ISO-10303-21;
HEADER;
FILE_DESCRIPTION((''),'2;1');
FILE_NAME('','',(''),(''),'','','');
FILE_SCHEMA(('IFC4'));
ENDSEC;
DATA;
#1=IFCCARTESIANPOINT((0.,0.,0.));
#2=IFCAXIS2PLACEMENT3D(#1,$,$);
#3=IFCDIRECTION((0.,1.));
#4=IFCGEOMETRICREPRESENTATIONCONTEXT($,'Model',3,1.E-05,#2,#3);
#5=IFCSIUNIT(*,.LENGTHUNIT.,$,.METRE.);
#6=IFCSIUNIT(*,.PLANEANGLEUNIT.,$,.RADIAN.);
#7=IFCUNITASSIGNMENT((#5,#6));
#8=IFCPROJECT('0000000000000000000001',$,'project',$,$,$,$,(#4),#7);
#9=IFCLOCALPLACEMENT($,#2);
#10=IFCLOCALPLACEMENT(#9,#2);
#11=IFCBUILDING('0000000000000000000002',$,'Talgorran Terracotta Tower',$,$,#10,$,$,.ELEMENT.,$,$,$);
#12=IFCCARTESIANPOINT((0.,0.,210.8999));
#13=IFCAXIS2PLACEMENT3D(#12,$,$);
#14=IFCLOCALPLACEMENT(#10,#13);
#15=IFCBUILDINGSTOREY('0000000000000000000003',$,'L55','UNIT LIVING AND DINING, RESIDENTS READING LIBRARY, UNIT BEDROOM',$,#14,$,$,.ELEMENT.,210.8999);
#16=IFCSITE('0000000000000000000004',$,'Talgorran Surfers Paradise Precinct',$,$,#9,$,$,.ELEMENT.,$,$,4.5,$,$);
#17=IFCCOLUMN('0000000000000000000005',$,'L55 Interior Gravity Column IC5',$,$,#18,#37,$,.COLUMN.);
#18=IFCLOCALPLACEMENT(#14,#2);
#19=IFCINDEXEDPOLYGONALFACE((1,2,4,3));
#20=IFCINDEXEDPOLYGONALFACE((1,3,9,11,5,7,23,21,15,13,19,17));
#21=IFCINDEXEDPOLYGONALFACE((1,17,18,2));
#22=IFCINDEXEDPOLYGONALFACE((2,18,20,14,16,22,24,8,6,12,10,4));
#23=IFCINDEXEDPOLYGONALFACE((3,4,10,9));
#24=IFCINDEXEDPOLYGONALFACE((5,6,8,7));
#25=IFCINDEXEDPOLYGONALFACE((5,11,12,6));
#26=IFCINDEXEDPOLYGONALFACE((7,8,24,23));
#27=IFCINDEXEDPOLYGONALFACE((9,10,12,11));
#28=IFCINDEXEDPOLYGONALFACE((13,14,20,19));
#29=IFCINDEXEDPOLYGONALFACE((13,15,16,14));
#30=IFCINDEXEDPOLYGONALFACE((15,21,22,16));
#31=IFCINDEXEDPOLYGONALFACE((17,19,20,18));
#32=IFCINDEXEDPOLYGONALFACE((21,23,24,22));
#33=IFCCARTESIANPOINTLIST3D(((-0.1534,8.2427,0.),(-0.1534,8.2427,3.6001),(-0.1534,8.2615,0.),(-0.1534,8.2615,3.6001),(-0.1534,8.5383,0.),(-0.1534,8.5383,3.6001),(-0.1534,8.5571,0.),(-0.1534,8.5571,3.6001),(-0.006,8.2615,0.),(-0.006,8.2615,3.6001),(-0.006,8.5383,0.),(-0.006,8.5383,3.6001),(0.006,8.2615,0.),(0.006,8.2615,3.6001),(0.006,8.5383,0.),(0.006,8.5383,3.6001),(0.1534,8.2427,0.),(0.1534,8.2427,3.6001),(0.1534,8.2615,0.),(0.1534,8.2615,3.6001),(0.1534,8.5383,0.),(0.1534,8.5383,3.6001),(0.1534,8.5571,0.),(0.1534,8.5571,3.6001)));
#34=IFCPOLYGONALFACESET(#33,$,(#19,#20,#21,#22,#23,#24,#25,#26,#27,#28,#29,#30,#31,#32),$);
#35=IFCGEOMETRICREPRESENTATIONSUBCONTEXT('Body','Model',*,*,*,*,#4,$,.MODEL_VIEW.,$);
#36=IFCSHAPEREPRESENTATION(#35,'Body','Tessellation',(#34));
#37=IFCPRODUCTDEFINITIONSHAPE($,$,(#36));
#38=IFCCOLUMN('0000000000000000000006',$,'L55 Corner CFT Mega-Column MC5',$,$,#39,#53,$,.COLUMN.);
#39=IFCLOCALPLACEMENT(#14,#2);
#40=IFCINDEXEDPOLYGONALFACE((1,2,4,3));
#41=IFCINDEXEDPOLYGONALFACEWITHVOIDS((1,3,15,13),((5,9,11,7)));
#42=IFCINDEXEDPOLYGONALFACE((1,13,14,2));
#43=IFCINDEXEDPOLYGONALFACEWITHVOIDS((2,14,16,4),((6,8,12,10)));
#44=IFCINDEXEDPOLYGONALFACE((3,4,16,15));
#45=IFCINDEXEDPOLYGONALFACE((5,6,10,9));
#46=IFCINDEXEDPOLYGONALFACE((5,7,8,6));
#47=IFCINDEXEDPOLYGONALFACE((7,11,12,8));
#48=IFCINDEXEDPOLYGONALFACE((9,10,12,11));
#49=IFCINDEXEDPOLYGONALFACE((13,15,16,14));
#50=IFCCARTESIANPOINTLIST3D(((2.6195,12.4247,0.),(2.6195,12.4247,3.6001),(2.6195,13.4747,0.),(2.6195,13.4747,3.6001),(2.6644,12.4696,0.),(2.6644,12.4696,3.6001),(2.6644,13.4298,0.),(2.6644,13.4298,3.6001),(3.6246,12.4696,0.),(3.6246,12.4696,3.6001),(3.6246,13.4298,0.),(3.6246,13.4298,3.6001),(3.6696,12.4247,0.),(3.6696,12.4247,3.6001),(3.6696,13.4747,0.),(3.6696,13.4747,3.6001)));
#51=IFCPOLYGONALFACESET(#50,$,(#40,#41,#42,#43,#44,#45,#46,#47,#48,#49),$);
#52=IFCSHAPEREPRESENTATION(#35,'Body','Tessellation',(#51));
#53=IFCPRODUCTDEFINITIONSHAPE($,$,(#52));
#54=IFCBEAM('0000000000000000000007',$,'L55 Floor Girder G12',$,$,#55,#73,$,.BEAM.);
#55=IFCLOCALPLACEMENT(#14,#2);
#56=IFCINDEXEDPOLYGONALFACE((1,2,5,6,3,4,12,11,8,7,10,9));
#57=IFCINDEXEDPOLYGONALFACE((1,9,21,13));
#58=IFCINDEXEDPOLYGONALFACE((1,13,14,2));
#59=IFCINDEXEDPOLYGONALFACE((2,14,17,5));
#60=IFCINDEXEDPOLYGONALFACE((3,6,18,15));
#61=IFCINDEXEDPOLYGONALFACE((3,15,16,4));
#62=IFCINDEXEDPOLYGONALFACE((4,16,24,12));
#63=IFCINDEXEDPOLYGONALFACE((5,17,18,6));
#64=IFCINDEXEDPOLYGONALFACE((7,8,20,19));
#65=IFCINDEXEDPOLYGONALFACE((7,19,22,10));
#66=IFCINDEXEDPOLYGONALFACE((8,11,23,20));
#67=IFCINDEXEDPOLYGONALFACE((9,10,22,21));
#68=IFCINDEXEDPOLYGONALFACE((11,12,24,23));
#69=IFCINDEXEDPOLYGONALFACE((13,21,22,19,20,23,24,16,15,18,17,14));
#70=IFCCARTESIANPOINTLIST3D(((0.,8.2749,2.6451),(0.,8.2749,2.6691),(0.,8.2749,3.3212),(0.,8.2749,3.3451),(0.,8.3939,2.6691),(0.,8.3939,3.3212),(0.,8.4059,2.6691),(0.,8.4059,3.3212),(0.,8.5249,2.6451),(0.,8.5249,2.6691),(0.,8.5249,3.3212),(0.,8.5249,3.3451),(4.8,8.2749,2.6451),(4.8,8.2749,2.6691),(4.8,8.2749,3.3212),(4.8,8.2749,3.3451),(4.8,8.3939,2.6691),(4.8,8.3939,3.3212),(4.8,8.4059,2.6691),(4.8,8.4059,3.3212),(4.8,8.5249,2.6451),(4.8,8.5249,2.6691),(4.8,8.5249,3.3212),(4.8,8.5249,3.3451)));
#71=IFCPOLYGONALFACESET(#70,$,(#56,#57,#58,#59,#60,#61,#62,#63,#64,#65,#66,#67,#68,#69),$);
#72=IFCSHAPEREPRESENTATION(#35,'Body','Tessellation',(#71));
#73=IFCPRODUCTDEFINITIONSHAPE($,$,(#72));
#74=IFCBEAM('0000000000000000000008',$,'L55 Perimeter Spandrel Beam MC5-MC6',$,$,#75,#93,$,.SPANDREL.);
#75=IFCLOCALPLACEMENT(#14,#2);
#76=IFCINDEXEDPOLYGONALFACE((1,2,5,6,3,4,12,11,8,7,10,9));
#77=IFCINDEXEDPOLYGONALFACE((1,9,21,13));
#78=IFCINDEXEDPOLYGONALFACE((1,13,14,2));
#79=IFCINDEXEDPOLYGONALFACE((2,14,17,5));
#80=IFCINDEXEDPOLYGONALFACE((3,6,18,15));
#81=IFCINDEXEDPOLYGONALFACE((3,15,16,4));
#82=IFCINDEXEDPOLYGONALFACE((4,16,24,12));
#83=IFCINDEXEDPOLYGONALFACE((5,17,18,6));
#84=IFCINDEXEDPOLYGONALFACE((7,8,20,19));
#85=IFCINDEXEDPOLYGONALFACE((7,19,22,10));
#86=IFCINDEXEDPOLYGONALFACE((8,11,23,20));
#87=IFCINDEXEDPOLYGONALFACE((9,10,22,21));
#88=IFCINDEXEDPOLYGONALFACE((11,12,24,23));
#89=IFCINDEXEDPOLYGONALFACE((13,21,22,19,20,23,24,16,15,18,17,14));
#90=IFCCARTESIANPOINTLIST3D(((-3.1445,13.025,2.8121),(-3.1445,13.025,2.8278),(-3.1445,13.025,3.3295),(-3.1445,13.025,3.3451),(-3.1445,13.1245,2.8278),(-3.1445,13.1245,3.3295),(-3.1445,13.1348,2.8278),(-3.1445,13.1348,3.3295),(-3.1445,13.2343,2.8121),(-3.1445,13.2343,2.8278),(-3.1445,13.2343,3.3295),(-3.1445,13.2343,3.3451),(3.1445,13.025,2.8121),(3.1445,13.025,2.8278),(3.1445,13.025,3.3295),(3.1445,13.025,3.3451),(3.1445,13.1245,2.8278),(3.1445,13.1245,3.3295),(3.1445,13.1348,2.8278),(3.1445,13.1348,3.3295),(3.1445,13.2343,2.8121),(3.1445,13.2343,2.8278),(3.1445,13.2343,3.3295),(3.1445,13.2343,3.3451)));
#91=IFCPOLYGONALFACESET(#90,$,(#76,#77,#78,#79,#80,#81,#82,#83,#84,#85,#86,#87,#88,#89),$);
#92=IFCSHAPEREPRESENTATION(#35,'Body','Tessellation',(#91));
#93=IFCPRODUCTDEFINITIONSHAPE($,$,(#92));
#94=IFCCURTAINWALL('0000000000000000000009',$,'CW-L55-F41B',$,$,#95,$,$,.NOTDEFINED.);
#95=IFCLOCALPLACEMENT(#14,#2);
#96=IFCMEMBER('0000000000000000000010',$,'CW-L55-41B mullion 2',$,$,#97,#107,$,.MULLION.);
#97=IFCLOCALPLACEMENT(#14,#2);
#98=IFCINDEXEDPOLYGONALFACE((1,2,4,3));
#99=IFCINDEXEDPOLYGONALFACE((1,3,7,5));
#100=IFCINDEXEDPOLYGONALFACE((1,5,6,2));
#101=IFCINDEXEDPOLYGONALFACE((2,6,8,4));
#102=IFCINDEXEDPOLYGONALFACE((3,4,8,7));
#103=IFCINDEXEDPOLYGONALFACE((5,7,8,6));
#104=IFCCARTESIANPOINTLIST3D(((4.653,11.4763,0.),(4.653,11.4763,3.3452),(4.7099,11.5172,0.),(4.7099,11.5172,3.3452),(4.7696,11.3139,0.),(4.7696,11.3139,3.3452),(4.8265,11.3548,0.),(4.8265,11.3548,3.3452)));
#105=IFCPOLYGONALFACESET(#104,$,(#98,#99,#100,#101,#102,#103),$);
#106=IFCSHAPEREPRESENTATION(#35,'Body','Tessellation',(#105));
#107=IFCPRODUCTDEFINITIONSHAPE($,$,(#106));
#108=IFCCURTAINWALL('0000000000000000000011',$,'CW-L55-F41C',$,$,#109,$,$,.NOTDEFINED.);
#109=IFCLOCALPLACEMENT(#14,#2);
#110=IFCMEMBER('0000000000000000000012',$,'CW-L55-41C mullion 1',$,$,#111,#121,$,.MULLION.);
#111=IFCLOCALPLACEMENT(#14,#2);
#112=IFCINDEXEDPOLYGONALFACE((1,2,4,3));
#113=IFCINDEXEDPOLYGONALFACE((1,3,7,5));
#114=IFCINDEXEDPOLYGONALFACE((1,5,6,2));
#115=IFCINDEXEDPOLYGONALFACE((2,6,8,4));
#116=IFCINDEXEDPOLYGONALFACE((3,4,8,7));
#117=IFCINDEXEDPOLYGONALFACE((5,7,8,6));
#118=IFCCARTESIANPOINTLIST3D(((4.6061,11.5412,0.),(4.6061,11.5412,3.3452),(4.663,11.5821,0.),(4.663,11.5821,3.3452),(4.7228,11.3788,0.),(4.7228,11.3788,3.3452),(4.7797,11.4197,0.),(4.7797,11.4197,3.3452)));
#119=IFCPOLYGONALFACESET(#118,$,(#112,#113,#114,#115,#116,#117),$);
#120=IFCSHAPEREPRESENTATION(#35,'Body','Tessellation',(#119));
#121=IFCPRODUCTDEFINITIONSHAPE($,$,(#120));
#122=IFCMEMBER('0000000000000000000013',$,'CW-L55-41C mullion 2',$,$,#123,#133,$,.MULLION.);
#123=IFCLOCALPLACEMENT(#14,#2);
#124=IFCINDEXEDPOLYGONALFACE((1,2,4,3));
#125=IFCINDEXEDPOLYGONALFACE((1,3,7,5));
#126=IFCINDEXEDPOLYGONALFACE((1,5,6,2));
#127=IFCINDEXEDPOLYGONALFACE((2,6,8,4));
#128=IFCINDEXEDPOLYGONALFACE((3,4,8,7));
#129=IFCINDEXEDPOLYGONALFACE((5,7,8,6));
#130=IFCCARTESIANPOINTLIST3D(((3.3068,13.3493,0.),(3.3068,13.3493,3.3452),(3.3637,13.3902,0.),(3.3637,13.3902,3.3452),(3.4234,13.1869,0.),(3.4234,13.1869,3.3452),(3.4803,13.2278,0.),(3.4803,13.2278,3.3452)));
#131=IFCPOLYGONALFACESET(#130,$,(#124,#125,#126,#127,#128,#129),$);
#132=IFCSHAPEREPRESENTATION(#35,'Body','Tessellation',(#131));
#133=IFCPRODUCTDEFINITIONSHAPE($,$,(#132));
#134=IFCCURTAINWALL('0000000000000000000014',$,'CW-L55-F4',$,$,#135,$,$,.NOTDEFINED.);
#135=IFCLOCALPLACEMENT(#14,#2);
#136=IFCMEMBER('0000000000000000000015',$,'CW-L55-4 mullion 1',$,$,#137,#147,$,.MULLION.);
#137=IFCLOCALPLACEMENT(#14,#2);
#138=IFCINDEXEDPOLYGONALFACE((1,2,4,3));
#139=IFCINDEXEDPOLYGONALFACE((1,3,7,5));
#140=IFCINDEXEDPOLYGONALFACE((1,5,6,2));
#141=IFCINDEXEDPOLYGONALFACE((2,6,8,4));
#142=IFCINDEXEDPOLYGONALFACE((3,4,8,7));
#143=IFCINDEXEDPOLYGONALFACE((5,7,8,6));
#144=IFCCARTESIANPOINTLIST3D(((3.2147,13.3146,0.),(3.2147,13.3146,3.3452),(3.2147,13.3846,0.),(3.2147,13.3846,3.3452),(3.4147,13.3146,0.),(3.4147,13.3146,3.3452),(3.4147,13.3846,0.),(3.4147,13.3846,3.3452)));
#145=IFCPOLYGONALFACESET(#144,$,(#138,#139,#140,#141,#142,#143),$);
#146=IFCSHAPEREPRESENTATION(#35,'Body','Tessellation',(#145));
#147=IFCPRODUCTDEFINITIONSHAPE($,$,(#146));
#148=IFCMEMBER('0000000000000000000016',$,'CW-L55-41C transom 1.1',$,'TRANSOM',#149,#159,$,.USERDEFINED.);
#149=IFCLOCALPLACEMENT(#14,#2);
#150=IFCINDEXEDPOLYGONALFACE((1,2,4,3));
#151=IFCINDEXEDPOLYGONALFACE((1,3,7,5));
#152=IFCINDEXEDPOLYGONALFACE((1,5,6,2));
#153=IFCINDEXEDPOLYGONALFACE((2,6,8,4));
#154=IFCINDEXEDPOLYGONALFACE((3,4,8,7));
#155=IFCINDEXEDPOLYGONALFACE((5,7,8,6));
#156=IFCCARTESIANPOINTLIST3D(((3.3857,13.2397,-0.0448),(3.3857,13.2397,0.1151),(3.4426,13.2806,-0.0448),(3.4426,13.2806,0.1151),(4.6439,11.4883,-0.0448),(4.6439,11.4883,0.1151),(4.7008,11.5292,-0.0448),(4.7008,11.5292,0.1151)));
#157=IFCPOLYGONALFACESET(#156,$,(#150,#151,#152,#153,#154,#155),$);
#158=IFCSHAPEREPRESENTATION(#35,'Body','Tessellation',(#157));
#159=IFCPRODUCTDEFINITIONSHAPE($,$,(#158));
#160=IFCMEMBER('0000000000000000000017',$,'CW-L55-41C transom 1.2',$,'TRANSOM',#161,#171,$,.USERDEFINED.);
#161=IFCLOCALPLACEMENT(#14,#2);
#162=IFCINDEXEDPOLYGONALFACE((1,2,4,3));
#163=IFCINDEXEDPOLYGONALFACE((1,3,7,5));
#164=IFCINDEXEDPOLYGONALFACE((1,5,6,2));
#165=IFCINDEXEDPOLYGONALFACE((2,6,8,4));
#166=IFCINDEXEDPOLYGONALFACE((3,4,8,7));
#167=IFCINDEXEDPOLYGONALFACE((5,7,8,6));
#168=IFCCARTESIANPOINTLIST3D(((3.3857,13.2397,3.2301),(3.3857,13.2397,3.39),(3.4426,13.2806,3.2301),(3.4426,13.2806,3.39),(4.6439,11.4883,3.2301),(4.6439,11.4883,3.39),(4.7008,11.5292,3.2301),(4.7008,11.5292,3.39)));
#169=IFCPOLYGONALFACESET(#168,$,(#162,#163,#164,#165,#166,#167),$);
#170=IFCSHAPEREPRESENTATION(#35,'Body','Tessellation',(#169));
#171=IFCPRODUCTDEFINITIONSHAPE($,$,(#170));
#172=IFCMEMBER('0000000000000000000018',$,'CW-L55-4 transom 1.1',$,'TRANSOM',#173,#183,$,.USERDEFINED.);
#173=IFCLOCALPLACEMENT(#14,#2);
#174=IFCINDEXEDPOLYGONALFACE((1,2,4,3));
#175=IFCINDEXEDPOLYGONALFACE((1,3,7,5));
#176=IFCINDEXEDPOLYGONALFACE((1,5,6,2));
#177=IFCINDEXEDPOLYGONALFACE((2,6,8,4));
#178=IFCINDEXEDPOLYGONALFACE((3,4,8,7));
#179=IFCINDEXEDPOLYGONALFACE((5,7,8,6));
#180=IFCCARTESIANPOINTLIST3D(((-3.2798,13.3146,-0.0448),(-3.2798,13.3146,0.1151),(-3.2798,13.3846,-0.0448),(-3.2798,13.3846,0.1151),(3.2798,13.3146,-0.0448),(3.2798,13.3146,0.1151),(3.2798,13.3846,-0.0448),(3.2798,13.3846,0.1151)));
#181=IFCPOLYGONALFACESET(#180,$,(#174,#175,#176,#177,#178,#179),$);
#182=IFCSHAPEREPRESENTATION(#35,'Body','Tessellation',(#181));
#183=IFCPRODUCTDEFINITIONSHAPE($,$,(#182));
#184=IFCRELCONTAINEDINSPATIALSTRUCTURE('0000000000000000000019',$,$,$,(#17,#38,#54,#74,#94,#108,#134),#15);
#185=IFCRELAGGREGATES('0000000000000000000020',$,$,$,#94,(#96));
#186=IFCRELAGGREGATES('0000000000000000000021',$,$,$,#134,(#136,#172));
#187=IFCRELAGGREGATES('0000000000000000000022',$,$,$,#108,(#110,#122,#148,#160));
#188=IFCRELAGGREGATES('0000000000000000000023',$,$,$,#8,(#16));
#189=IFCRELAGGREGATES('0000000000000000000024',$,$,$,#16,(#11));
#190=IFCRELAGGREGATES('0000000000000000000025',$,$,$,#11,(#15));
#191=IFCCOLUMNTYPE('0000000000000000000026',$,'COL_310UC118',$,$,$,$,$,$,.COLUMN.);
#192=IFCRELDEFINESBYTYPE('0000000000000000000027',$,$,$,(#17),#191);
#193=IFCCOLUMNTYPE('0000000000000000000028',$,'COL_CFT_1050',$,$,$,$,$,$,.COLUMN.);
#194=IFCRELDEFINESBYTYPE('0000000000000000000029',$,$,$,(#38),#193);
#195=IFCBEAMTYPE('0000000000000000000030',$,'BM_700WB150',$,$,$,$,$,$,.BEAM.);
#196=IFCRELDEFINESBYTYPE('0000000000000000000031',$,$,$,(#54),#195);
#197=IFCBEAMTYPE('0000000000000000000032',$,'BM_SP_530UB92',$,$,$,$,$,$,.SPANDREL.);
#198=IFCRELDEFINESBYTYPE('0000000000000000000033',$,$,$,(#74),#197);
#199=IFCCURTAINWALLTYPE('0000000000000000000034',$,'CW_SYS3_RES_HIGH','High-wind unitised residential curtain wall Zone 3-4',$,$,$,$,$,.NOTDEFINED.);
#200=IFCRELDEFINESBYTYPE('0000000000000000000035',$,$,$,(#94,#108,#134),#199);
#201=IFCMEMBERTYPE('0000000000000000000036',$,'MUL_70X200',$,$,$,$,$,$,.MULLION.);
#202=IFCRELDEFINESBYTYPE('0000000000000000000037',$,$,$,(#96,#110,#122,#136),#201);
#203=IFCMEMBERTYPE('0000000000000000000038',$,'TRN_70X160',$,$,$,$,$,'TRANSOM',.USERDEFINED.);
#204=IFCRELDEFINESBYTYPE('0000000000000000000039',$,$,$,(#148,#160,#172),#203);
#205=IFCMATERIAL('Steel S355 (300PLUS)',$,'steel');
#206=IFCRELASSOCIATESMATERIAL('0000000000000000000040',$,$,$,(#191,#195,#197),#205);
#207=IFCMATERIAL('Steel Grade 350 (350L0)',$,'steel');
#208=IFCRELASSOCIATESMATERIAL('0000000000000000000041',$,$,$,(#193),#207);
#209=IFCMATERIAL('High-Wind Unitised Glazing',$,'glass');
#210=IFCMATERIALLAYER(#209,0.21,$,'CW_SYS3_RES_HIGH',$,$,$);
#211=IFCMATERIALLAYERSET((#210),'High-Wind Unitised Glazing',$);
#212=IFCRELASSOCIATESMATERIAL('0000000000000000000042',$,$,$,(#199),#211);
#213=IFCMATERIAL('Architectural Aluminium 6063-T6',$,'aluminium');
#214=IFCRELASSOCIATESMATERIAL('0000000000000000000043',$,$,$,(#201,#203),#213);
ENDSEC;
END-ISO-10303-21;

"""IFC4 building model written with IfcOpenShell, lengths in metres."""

from ifc_helpers import new_model, si_unit, direction, frame, origin, origin_2d, place, context, subcontext, project, spatial, rectangle, hollow_rectangle, i_section, extrude, material, layer, layer_set, material_profile, profile_set, type_object, element, aggregate, save


model = new_model("IFC4")

# Units and contexts
model_context = context("Model", 3, precision=1e-05, world=origin(), true_north=direction((0.0, 1.0)))
body_context = subcontext(model_context, "Body", "Model", "MODEL_VIEW")
ifc_project = project(units=[si_unit("LENGTHUNIT", "METRE"), si_unit("PLANEANGLEUNIT", "RADIAN")], contexts=[model_context])

# Site, building, storey
site_placement = place(None, origin())
site = spatial("IfcSite", under=ifc_project, at=site_placement, Name="Talgorran Surfers Paradise Precinct", CompositionType="ELEMENT", RefElevation=4.5)
building_placement = place(site_placement, origin())
building = spatial("IfcBuilding", under=site, at=building_placement, Name="Talgorran Terracotta Tower", CompositionType="ELEMENT")
storey_placement = place(building_placement, frame((0.0, 0.0, 210.8999)))
storey = spatial("IfcBuildingStorey", under=building, at=storey_placement, Name="L55", Description="UNIT LIVING AND DINING, RESIDENTS READING LIBRARY, UNIT BEDROOM", CompositionType="ELEMENT", Elevation=210.8999)

# Columns
ifc_material_1 = material(Name="Steel S355 (300PLUS)", Category="steel")
ifc_material_profile_1 = material_profile(ifc_material_1, i_section(OverallWidth=0.3069, OverallDepth=0.3145, WebThickness=0.012, FlangeThickness=0.0188, at=origin_2d()), Name="310UC118")
ifc_profile_set_1 = profile_set([ifc_material_profile_1], Name="Steel S355 (300PLUS)")
column_type_1 = type_object("IfcColumnType", Name="COL_310UC118", PredefinedType="COLUMN", material=ifc_profile_set_1)
column_1_placement = place(storey_placement, frame((0.0, 8.3999, 0.0), z_axis=(0.0, 0.0, 1.0), x_axis=(1.0, 0.0, 0.0)))
element("IfcColumn", 1, at=column_1_placement, inside=storey, type_object=column_type_1, Name="L55 Interior Gravity Column IC5", PredefinedType="COLUMN", context=body_context, shape_type="SweptSolid", body=[
    extrude(i_section(OverallWidth=0.3069, OverallDepth=0.3145, WebThickness=0.012, FlangeThickness=0.0188, at=origin_2d()), origin(), (0.0, 0.0, 1.0), 3.6001),
])
ifc_material_2 = material(Name="Steel Grade 350 (350L0)", Category="steel")
ifc_material_profile_2 = material_profile(ifc_material_2, hollow_rectangle(XDim=1.05, YDim=1.05, WallThickness=0.0449, at=origin_2d()), Name="CFT1050X1050X45")
ifc_profile_set_2 = profile_set([ifc_material_profile_2], Name="Steel Grade 350 (350L0)")
column_type_2 = type_object("IfcColumnType", Name="COL_CFT_1050", PredefinedType="COLUMN", material=ifc_profile_set_2)
column_2_placement = place(storey_placement, frame((3.1445, 12.9497, 0.0), z_axis=(0.0, 0.0, 1.0), x_axis=(1.0, 0.0, 0.0)))
element("IfcColumn", 2, at=column_2_placement, inside=storey, type_object=column_type_2, Name="L55 Corner CFT Mega-Column MC5", PredefinedType="COLUMN", context=body_context, shape_type="SweptSolid", body=[
    extrude(hollow_rectangle(XDim=1.05, YDim=1.05, WallThickness=0.0449, at=origin_2d()), origin(), (0.0, 0.0, 1.0), 3.6001),
])

# Beams
ifc_material_profile_3 = material_profile(ifc_material_1, i_section(OverallWidth=0.25, OverallDepth=0.7, WebThickness=0.012, FlangeThickness=0.0239, at=origin_2d()), Name="700WB150")
ifc_profile_set_3 = profile_set([ifc_material_profile_3], Name="Steel S355 (300PLUS)")
beam_type_1 = type_object("IfcBeamType", Name="BM_700WB150", PredefinedType="BEAM", material=ifc_profile_set_3)
beam_1_placement = place(storey_placement, frame((0.0, 8.3999, 2.9951), z_axis=(1.0, 0.0, 0.0), x_axis=(0.0, 1.0, 0.0)))
element("IfcBeam", 3, at=beam_1_placement, inside=storey, type_object=beam_type_1, Name="L55 Floor Girder G12", PredefinedType="BEAM", context=body_context, shape_type="SweptSolid", body=[
    extrude(i_section(OverallWidth=0.25, OverallDepth=0.7, WebThickness=0.012, FlangeThickness=0.0239, at=origin_2d()), origin(), (0.0, 0.0, 1.0), 4.8),
])
ifc_material_profile_4 = material_profile(ifc_material_1, i_section(OverallWidth=0.2092, OverallDepth=0.533, WebThickness=0.0103, FlangeThickness=0.0156, at=origin_2d()), Name="530UB92.4")
ifc_profile_set_4 = profile_set([ifc_material_profile_4], Name="Steel S355 (300PLUS)")
beam_type_2 = type_object("IfcBeamType", Name="BM_SP_530UB92", PredefinedType="SPANDREL", material=ifc_profile_set_4)
beam_2_placement = place(storey_placement, frame((3.1445, 13.1296, 3.0786), z_axis=(-1.0, 0.0, 0.0), x_axis=(0.0, -1.0, 0.0)))
element("IfcBeam", 4, at=beam_2_placement, inside=storey, type_object=beam_type_2, Name="L55 Perimeter Spandrel Beam MC5-MC6", PredefinedType="SPANDREL", context=body_context, shape_type="SweptSolid", body=[
    extrude(i_section(OverallWidth=0.2092, OverallDepth=0.533, WebThickness=0.0103, FlangeThickness=0.0156, at=origin_2d()), origin(), (0.0, 0.0, 1.0), 6.2891),
])

# Curtain wall, member
ifc_material_3 = material(Name="High-Wind Unitised Glazing", Category="glass")
ifc_layer_1 = layer(ifc_material_3, 0.21, Name="CW_SYS3_RES_HIGH")
ifc_layer_set_1 = layer_set([ifc_layer_1], Name="High-Wind Unitised Glazing")
curtain_wall_type = type_object("IfcCurtainWallType", Name="CW_SYS3_RES_HIGH", Description="High-wind unitised residential curtain wall Zone 3-4", PredefinedType="NOTDEFINED", material=ifc_layer_set_1)
curtain_wall_1_placement = place(storey_placement, origin())
curtain_wall_1 = element("IfcCurtainWall", 5, at=curtain_wall_1_placement, inside=storey, type_object=curtain_wall_type, Name="CW-L55-F41B", PredefinedType="NOTDEFINED")
ifc_material_4 = material(Name="Architectural Aluminium 6063-T6", Category="aluminium")
ifc_material_profile_5 = material_profile(ifc_material_4, rectangle(XDim=0.0701, YDim=0.2, at=origin_2d()), Name="CWM70X200")
ifc_profile_set_5 = profile_set([ifc_material_profile_5], Name="Architectural Aluminium 6063-T6")
member_type_1 = type_object("IfcMemberType", Name="MUL_70X200", PredefinedType="MULLION", material=ifc_profile_set_5)
member_1_placement = place(storey_placement, frame((4.7397, 11.4155, 0.0), z_axis=(0.0, 0.0, 1.0), x_axis=(-0.812071, -0.583558, 0.0)))
member_1 = element("IfcMember", 6, at=member_1_placement, type_object=member_type_1, Name="CW-L55-41B mullion 2", PredefinedType="MULLION", context=body_context, shape_type="SweptSolid", body=[
    extrude(rectangle(XDim=0.0701, YDim=0.2, at=origin_2d()), origin(), (0.0, 0.0, 1.0), 3.3452),
])
aggregate(curtain_wall_1, [member_1])

# Curtain wall, members
curtain_wall_2_placement = place(storey_placement, origin())
curtain_wall_2 = element("IfcCurtainWall", 7, at=curtain_wall_2_placement, inside=storey, type_object=curtain_wall_type, Name="CW-L55-F41C", PredefinedType="NOTDEFINED")
member_2_placement = place(storey_placement, frame((4.6929, 11.4805, 0.0), z_axis=(0.0, 0.0, 1.0), x_axis=(-0.812086, -0.583538, 0.0)))
member_2 = element("IfcMember", 8, at=member_2_placement, type_object=member_type_1, Name="CW-L55-41C mullion 1", PredefinedType="MULLION", context=body_context, shape_type="SweptSolid", body=[
    extrude(rectangle(XDim=0.0701, YDim=0.2, at=origin_2d()), origin(), (0.0, 0.0, 1.0), 3.3452),
])
member_3_placement = place(storey_placement, frame((3.3936, 13.2886, 0.0), z_axis=(0.0, 0.0, 1.0), x_axis=(-0.812086, -0.583538, 0.0)))
member_3 = element("IfcMember", 9, at=member_3_placement, type_object=member_type_1, Name="CW-L55-41C mullion 2", PredefinedType="MULLION", context=body_context, shape_type="SweptSolid", body=[
    extrude(rectangle(XDim=0.0701, YDim=0.2, at=origin_2d()), origin(), (0.0, 0.0, 1.0), 3.3452),
])

# Curtain wall, member
curtain_wall_3_placement = place(storey_placement, origin())
curtain_wall_3 = element("IfcCurtainWall", 10, at=curtain_wall_3_placement, inside=storey, type_object=curtain_wall_type, Name="CW-L55-F4", PredefinedType="NOTDEFINED")
member_4_placement = place(storey_placement, frame((3.3147, 13.3496, 0.0), z_axis=(0.0, 0.0, 1.0), x_axis=(0.0, -1.0, 0.0)))
member_4 = element("IfcMember", 11, at=member_4_placement, type_object=member_type_1, Name="CW-L55-4 mullion 1", PredefinedType="MULLION", context=body_context, shape_type="SweptSolid", body=[
    extrude(rectangle(XDim=0.0701, YDim=0.2, at=origin_2d()), origin(), (0.0, 0.0, 1.0), 3.3452),
])

# Members
ifc_material_profile_6 = material_profile(ifc_material_4, rectangle(XDim=0.0701, YDim=0.1599, at=origin_2d()), Name="CWT70X160")
ifc_profile_set_6 = profile_set([ifc_material_profile_6], Name="Architectural Aluminium 6063-T6")
member_type_2 = type_object("IfcMemberType", Name="TRN_70X160", ElementType="TRANSOM", PredefinedType="USERDEFINED", material=ifc_profile_set_6)
member_5_placement = place(storey_placement, frame((4.6724, 11.5088, 0.0352), z_axis=(-0.583463, 0.812139, 0.0), x_axis=(-0.812139, -0.583463, 0.0)))
member_5 = element("IfcMember", 12, at=member_5_placement, type_object=member_type_2, Name="CW-L55-41C transom 1.1", ObjectType="TRANSOM", PredefinedType="USERDEFINED", context=body_context, shape_type="SweptSolid", body=[
    extrude(rectangle(XDim=0.0701, YDim=0.1599, at=origin_2d()), origin(), (0.0, 0.0, 1.0), 2.1565),
])
member_6_placement = place(storey_placement, frame((4.6724, 11.5088, 3.3101), z_axis=(-0.583463, 0.812139, 0.0), x_axis=(-0.812139, -0.583463, 0.0)))
member_6 = element("IfcMember", 13, at=member_6_placement, type_object=member_type_2, Name="CW-L55-41C transom 1.2", ObjectType="TRANSOM", PredefinedType="USERDEFINED", context=body_context, shape_type="SweptSolid", body=[
    extrude(rectangle(XDim=0.0701, YDim=0.1599, at=origin_2d()), origin(), (0.0, 0.0, 1.0), 2.1565),
])
member_7_placement = place(storey_placement, frame((3.2798, 13.3496, 0.0352), z_axis=(-1.0, 0.0, 0.0), x_axis=(0.0, -1.0, 0.0)))
member_7 = element("IfcMember", 14, at=member_7_placement, type_object=member_type_2, Name="CW-L55-4 transom 1.1", ObjectType="TRANSOM", PredefinedType="USERDEFINED", context=body_context, shape_type="SweptSolid", body=[
    extrude(rectangle(XDim=0.0701, YDim=0.1599, at=origin_2d()), origin(), (0.0, 0.0, 1.0), 6.5596),
])

aggregate(curtain_wall_3, [member_4, member_7])
aggregate(curtain_wall_2, [member_2, member_3, member_5, member_6])

save(model, "model.ifc")
